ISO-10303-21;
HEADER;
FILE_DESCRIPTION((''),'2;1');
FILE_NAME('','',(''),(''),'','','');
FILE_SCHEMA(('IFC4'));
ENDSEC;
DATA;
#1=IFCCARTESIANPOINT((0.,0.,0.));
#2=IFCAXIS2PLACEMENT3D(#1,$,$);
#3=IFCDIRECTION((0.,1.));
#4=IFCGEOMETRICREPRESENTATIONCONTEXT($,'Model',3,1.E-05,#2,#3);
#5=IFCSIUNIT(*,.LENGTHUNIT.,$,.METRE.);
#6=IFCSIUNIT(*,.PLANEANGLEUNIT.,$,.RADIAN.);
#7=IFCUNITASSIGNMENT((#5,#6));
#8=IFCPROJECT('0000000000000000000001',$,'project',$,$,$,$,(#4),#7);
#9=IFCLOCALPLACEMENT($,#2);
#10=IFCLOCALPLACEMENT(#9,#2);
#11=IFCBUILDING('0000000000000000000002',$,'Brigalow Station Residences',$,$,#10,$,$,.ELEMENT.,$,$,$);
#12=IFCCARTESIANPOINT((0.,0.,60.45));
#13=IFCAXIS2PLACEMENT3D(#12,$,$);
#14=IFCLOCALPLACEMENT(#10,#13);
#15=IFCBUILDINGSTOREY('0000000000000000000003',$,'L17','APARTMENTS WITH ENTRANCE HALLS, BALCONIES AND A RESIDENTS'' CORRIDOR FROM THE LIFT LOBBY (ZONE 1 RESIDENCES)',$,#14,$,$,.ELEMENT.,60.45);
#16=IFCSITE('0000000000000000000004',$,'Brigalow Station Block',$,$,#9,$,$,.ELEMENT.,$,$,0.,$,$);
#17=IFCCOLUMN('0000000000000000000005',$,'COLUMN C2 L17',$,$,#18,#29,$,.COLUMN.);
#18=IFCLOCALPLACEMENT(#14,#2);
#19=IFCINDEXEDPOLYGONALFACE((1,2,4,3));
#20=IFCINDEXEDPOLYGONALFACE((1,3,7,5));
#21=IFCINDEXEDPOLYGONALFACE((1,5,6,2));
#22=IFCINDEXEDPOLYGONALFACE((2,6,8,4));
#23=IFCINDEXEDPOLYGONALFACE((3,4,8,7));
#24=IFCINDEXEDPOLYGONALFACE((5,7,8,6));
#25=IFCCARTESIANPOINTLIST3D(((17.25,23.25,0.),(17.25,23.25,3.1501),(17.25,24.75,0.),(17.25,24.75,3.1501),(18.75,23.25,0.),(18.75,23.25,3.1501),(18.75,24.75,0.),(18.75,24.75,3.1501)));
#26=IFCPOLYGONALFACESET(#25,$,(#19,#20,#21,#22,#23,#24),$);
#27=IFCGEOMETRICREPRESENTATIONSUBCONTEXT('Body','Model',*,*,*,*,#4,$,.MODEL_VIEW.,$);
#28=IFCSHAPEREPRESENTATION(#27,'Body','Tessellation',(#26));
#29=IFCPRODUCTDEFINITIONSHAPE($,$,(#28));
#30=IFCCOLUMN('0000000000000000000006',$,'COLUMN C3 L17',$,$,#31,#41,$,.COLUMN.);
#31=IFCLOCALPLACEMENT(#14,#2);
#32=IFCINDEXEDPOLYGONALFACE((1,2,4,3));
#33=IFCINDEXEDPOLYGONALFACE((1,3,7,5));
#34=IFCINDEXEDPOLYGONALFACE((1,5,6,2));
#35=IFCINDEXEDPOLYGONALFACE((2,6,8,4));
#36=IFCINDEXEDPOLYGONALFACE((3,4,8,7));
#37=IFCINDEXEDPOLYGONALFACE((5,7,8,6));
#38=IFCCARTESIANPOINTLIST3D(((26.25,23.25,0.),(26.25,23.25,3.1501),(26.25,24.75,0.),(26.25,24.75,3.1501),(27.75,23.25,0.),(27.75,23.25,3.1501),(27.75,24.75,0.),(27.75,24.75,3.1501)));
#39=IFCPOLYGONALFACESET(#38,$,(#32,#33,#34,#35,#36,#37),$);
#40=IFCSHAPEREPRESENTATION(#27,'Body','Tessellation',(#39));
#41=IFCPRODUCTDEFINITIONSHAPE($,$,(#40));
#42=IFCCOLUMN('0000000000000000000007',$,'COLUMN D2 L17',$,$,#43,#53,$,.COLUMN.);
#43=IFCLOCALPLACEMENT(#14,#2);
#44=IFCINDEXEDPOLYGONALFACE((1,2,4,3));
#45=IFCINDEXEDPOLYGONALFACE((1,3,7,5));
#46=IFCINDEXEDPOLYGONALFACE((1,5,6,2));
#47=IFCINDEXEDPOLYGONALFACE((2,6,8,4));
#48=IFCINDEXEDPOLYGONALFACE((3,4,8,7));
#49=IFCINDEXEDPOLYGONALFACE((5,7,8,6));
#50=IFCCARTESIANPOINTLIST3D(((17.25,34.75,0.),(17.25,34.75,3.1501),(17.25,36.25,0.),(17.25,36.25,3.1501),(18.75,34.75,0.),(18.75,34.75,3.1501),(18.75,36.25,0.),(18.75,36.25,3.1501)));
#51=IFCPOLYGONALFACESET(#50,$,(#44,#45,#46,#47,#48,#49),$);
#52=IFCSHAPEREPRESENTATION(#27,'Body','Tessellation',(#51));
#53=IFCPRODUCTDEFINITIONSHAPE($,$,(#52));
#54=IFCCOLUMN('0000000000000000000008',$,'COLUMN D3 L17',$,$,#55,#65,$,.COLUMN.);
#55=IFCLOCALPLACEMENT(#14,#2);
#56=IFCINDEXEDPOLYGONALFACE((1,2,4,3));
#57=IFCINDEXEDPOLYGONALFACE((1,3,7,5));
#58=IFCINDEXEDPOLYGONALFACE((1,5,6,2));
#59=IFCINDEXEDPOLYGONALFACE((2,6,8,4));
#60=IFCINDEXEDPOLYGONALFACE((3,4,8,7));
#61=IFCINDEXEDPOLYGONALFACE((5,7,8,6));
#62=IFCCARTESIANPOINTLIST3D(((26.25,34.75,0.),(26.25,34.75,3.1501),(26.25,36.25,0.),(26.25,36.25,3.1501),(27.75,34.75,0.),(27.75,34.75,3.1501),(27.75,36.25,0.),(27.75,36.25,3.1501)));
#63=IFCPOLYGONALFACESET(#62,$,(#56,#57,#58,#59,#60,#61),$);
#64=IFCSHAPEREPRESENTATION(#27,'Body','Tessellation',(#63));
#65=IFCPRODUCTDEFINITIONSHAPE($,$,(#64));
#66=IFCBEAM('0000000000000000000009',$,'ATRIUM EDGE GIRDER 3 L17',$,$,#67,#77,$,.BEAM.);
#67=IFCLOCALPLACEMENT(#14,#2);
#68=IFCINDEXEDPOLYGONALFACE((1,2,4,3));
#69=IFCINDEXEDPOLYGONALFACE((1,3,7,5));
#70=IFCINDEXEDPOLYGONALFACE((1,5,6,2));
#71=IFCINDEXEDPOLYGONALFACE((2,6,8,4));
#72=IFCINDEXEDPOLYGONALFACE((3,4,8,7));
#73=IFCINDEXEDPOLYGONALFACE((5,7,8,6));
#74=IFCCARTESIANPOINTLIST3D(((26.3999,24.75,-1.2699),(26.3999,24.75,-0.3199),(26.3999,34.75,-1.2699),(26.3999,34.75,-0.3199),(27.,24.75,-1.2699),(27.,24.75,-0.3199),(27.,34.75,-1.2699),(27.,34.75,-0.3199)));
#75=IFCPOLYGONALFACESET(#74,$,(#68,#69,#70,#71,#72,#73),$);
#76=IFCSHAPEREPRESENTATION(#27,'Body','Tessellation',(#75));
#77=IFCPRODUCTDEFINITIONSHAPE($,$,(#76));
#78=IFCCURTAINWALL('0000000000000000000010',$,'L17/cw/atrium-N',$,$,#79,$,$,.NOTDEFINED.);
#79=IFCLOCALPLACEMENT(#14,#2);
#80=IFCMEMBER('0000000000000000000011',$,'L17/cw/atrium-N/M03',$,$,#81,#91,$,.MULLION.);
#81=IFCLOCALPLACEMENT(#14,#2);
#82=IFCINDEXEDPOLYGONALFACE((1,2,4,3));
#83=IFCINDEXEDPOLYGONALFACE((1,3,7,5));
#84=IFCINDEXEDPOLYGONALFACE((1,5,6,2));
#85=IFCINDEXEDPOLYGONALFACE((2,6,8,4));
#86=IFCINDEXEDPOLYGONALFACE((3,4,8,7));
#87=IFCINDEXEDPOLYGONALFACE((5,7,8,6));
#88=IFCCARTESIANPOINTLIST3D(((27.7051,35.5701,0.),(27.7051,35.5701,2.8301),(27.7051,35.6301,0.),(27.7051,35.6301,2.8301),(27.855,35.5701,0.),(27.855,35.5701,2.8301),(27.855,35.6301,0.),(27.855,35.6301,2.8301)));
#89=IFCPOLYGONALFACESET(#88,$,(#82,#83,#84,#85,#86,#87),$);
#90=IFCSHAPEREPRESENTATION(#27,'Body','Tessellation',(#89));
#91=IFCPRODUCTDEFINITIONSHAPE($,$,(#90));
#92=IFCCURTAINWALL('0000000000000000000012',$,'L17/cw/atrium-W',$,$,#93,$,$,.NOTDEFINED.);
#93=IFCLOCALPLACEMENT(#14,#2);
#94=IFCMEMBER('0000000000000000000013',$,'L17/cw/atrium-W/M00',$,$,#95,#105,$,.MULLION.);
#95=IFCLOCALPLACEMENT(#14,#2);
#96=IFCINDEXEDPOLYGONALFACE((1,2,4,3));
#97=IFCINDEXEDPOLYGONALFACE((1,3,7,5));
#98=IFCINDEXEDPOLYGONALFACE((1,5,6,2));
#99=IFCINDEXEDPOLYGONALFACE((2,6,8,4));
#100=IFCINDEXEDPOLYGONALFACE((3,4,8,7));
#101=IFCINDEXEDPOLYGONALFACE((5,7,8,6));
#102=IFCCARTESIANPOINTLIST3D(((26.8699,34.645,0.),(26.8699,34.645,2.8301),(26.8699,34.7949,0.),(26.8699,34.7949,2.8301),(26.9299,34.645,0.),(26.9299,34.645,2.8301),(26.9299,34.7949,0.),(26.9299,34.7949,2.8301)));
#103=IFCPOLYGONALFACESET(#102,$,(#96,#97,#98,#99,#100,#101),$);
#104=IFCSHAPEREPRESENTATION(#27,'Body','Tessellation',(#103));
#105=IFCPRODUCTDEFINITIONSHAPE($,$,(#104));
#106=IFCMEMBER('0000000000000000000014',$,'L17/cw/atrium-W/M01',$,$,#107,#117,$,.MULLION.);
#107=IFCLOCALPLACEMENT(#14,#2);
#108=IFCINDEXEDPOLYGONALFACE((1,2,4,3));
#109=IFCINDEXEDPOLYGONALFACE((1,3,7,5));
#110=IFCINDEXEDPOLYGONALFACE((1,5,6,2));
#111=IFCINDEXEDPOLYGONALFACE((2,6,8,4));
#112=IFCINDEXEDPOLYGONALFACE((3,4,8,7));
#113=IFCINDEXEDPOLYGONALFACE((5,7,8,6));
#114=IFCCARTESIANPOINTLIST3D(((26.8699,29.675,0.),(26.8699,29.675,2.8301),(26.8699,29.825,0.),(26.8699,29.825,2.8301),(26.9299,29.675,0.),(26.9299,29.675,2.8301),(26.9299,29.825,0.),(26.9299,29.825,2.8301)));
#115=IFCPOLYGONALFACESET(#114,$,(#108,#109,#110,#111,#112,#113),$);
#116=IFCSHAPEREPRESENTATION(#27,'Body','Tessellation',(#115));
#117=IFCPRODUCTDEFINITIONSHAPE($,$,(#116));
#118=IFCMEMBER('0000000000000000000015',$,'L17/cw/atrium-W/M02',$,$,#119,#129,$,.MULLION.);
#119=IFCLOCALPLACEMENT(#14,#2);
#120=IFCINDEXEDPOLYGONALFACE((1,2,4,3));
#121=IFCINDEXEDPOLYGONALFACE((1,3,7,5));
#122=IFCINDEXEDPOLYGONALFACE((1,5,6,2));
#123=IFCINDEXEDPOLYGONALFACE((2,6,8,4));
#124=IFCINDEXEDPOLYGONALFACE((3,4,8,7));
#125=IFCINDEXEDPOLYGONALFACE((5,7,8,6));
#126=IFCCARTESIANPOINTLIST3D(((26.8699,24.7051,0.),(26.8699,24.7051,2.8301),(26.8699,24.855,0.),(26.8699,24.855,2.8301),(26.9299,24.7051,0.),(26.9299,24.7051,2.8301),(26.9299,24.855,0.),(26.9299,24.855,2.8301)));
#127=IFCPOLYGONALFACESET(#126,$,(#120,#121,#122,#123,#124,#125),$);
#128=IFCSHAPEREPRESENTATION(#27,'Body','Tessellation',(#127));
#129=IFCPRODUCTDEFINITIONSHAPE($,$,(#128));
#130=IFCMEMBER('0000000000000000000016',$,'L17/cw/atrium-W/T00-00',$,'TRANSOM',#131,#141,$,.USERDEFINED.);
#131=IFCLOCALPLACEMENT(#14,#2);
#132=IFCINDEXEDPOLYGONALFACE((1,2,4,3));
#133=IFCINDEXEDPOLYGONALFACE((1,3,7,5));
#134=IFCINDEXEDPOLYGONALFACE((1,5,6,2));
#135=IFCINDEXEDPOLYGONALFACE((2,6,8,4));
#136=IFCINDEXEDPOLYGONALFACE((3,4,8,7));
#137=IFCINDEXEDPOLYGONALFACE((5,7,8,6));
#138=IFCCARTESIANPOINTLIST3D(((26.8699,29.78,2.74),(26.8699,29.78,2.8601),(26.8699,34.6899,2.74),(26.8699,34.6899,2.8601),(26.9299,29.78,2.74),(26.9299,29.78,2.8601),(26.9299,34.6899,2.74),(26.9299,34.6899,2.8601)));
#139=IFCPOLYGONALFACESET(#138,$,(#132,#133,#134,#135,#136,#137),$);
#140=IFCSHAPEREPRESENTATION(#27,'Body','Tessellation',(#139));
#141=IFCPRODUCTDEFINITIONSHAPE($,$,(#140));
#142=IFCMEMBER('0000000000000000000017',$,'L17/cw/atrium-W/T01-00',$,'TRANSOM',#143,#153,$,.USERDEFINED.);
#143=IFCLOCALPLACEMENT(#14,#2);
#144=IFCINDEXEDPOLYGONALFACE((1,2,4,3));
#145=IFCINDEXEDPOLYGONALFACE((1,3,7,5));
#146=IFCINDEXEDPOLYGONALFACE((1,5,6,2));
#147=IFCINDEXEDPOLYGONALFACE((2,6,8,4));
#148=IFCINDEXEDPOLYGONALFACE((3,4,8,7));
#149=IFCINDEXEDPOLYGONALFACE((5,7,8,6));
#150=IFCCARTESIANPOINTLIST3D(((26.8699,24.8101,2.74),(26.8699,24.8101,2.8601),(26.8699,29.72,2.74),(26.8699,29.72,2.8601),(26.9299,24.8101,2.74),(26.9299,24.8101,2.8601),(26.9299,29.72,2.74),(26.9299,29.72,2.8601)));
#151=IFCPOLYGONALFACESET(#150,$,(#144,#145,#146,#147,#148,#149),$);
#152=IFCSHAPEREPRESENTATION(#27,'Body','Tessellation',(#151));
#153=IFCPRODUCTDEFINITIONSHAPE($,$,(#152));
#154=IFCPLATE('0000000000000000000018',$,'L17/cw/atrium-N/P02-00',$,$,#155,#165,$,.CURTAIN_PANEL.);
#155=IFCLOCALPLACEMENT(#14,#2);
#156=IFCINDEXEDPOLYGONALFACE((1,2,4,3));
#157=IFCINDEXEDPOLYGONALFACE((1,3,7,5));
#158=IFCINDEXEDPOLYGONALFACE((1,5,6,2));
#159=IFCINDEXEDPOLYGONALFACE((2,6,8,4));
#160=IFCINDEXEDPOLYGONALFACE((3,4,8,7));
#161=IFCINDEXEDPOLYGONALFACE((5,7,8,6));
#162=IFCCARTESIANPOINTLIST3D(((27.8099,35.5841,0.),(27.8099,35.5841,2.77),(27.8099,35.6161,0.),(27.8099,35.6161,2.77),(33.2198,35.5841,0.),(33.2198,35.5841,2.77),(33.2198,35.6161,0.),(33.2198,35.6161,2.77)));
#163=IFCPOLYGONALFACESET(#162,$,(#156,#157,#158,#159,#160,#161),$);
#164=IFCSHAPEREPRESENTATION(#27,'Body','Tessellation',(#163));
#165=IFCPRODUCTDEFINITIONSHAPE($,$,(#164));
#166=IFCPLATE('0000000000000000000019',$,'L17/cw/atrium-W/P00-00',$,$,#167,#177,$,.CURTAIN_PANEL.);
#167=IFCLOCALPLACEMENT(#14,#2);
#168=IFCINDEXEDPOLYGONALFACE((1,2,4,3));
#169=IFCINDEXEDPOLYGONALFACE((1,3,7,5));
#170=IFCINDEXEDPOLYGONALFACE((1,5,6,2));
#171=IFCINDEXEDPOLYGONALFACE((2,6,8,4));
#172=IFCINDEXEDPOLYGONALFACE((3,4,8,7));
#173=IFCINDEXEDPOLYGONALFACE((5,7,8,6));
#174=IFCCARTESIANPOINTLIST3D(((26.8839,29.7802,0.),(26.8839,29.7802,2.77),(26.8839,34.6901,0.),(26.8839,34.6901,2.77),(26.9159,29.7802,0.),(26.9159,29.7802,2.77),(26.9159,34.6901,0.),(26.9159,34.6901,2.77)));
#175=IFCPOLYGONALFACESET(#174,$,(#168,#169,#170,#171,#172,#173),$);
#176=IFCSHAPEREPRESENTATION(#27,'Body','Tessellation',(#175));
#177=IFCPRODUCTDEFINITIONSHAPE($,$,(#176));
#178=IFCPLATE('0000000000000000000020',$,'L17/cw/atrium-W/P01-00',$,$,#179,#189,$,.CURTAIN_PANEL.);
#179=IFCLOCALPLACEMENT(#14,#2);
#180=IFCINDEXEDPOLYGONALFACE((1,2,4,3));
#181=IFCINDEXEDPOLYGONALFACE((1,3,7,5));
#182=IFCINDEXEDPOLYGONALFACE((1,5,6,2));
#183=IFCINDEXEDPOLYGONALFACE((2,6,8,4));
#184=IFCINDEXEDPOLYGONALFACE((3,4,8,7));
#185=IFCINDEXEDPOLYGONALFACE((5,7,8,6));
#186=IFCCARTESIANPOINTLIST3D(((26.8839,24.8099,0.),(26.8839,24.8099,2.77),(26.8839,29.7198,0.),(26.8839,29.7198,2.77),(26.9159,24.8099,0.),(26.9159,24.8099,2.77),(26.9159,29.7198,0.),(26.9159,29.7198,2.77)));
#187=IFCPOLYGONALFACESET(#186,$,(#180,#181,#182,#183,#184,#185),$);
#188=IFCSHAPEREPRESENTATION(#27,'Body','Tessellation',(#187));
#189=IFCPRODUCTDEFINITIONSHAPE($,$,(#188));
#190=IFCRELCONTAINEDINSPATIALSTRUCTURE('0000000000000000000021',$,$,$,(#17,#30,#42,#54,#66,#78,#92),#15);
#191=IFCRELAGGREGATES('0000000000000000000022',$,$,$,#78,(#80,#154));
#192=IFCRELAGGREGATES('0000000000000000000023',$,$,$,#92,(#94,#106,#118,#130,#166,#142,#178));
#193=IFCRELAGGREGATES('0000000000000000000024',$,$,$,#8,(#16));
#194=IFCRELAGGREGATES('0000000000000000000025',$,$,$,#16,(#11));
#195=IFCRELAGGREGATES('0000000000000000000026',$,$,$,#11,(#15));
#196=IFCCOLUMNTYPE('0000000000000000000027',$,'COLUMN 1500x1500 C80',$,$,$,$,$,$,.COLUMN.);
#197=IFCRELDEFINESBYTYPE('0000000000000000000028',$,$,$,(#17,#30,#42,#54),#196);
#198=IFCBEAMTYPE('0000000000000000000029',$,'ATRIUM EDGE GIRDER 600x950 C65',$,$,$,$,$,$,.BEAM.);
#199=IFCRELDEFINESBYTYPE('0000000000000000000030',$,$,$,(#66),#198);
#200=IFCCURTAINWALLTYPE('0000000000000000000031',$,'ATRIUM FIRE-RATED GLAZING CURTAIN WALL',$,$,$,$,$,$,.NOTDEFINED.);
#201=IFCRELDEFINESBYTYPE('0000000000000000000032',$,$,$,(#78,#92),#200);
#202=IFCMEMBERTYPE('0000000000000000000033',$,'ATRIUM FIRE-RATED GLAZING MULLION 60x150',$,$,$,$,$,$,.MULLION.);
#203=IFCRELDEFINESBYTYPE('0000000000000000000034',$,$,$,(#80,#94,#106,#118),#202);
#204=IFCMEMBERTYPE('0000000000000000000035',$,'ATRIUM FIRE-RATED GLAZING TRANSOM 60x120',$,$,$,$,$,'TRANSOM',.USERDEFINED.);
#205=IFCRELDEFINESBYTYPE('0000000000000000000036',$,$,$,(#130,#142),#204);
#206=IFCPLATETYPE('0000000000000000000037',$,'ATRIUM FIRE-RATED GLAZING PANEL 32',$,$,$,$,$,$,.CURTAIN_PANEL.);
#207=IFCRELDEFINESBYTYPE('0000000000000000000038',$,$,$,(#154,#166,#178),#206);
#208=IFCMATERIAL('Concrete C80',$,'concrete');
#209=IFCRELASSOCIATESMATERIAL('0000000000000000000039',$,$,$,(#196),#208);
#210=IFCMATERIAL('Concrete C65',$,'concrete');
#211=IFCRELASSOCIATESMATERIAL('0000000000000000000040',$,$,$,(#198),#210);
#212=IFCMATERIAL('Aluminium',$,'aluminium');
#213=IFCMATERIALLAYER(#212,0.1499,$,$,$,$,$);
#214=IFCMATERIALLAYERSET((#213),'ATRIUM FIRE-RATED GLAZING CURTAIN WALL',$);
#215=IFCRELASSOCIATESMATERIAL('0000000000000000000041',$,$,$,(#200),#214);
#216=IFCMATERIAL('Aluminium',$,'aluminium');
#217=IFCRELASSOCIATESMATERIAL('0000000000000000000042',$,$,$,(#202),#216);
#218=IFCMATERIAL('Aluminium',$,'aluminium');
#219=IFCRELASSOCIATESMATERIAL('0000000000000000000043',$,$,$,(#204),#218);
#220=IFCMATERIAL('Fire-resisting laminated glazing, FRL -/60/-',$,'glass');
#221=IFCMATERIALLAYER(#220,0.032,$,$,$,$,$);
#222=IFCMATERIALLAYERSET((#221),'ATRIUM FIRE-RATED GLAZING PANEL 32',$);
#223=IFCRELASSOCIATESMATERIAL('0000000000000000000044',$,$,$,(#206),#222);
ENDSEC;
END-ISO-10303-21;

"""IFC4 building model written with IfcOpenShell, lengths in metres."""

from ifc_helpers import new_model, si_unit, direction, frame, origin, origin_2d, place, context, subcontext, project, spatial, rectangle, extrude, material, layer, layer_set, material_profile, profile_set, type_object, element, aggregate, save


model = new_model("IFC4")

# Units and contexts
model_context = context("Model", 3, precision=1e-05, world=origin(), true_north=direction((0.0, 1.0)))
body_context = subcontext(model_context, "Body", "Model", "MODEL_VIEW")
ifc_project = project(units=[si_unit("LENGTHUNIT", "METRE"), si_unit("PLANEANGLEUNIT", "RADIAN")], contexts=[model_context])

# Site, building, storey
site_placement = place(None, origin())
site = spatial("IfcSite", under=ifc_project, at=site_placement, Name="Brigalow Station Block", CompositionType="ELEMENT", RefElevation=0.0)
building_placement = place(site_placement, origin())
building = spatial("IfcBuilding", under=site, at=building_placement, Name="Brigalow Station Residences", CompositionType="ELEMENT")
storey_placement = place(building_placement, frame((0.0, 0.0, 60.45)))
storey = spatial("IfcBuildingStorey", under=building, at=storey_placement, Name="L17", Description="APARTMENTS WITH ENTRANCE HALLS, BALCONIES AND A RESIDENTS' CORRIDOR FROM THE LIFT LOBBY (ZONE 1 RESIDENCES)", CompositionType="ELEMENT", Elevation=60.45)

# Columns
ifc_material_1 = material(Name="Concrete C80", Category="concrete")
ifc_material_profile_1 = material_profile(ifc_material_1, rectangle(XDim=1.5, YDim=1.5, at=origin_2d()), Name="RC1500x1500")
ifc_profile_set_1 = profile_set([ifc_material_profile_1], Name="Concrete C80")
column_type = type_object("IfcColumnType", Name="COLUMN 1500x1500 C80", PredefinedType="COLUMN", material=ifc_profile_set_1)
for number, where, z_axis, x_axis, name in (
    (1, (18.0, 24.0, 0.0), (0.0, 0.0, 1.0), (1.0, 0.0, 0.0), "COLUMN C2 L17"),
    (2, (27.0, 24.0, 0.0), (0.0, 0.0, 1.0), (1.0, 0.0, 0.0), "COLUMN C3 L17"),
    (3, (18.0, 35.5, 0.0), (0.0, 0.0, 1.0), (1.0, 0.0, 0.0), "COLUMN D2 L17"),
    (4, (27.0, 35.5, 0.0), (0.0, 0.0, 1.0), (1.0, 0.0, 0.0), "COLUMN D3 L17"),
):
    element("IfcColumn", number, at=place(storey_placement, frame(where, z_axis=z_axis, x_axis=x_axis)), inside=storey, type_object=column_type, Name=name, PredefinedType="COLUMN", context=body_context, shape_type="SweptSolid", body=[
        extrude(rectangle(XDim=1.5, YDim=1.5, at=origin_2d()), origin(), (0.0, 0.0, 1.0), 3.1501),
    ])

# Beam
ifc_material_2 = material(Name="Concrete C65", Category="concrete")
ifc_material_profile_2 = material_profile(ifc_material_2, rectangle(XDim=0.6001, YDim=0.95, at=origin_2d()), Name="RC600x950")
ifc_profile_set_2 = profile_set([ifc_material_profile_2], Name="Concrete C65")
beam_type = type_object("IfcBeamType", Name="ATRIUM EDGE GIRDER 600x950 C65", PredefinedType="BEAM", material=ifc_profile_set_2)
beam_placement = place(storey_placement, frame((26.7, 24.75, -0.7949), z_axis=(0.0, 1.0, 0.0), x_axis=(-1.0, 0.0, 0.0)))
element("IfcBeam", 5, at=beam_placement, inside=storey, type_object=beam_type, Name="ATRIUM EDGE GIRDER 3 L17", PredefinedType="BEAM", context=body_context, shape_type="SweptSolid", body=[
    extrude(rectangle(XDim=0.6001, YDim=0.95, at=origin_2d()), origin(), (0.0, 0.0, 1.0), 10.0),
])

# Curtain wall, member
ifc_material_3 = material(Name="Aluminium", Category="aluminium")
ifc_layer_1 = layer(ifc_material_3, 0.1499)
ifc_layer_set_1 = layer_set([ifc_layer_1], Name="ATRIUM FIRE-RATED GLAZING CURTAIN WALL")
curtain_wall_type = type_object("IfcCurtainWallType", Name="ATRIUM FIRE-RATED GLAZING CURTAIN WALL", PredefinedType="NOTDEFINED", material=ifc_layer_set_1)
curtain_wall_1_placement = place(storey_placement, origin())
curtain_wall_1 = element("IfcCurtainWall", 6, at=curtain_wall_1_placement, inside=storey, type_object=curtain_wall_type, Name="L17/cw/atrium-N", PredefinedType="NOTDEFINED")
ifc_material_4 = material(Name="Aluminium", Category="aluminium")
ifc_material_profile_3 = material_profile(ifc_material_4, rectangle(XDim=0.0601, YDim=0.1499, at=origin_2d()), Name="ATRIUM FIRE-RATED GLAZING MULLION 60x150")
ifc_profile_set_3 = profile_set([ifc_material_profile_3], Name="Aluminium")
member_type_1 = type_object("IfcMemberType", Name="ATRIUM FIRE-RATED GLAZING MULLION 60x150", PredefinedType="MULLION", material=ifc_profile_set_3)
member_1_placement = place(storey_placement, frame((27.78, 35.6001, 0.0), z_axis=(0.0, 0.0, 1.0), x_axis=(0.0, -1.0, 0.0)))
member_1 = element("IfcMember", 7, at=member_1_placement, type_object=member_type_1, Name="L17/cw/atrium-N/M03", PredefinedType="MULLION", context=body_context, shape_type="SweptSolid", body=[
    extrude(rectangle(XDim=0.0601, YDim=0.1499, at=origin_2d()), origin(), (0.0, 0.0, 1.0), 2.8301),
])

# Curtain wall, members
curtain_wall_2_placement = place(storey_placement, origin())
curtain_wall_2 = element("IfcCurtainWall", 8, at=curtain_wall_2_placement, inside=storey, type_object=curtain_wall_type, Name="L17/cw/atrium-W", PredefinedType="NOTDEFINED")
member_2_placement = place(storey_placement, frame((26.8999, 34.72, 0.0), z_axis=(0.0, 0.0, 1.0), x_axis=(1.0, 0.0, 0.0)))
member_2 = element("IfcMember", 9, at=member_2_placement, type_object=member_type_1, Name="L17/cw/atrium-W/M00", PredefinedType="MULLION", context=body_context, shape_type="SweptSolid", body=[
    extrude(rectangle(XDim=0.0601, YDim=0.1499, at=origin_2d()), origin(), (0.0, 0.0, 1.0), 2.8301),
])
member_3_placement = place(storey_placement, frame((26.8999, 29.75, 0.0), z_axis=(0.0, 0.0, 1.0), x_axis=(1.0, 0.0, 0.0)))
member_3 = element("IfcMember", 10, at=member_3_placement, type_object=member_type_1, Name="L17/cw/atrium-W/M01", PredefinedType="MULLION", context=body_context, shape_type="SweptSolid", body=[
    extrude(rectangle(XDim=0.0601, YDim=0.1499, at=origin_2d()), origin(), (0.0, 0.0, 1.0), 2.8301),
])
member_4_placement = place(storey_placement, frame((26.8999, 24.78, 0.0), z_axis=(0.0, 0.0, 1.0), x_axis=(1.0, 0.0, 0.0)))
member_4 = element("IfcMember", 11, at=member_4_placement, type_object=member_type_1, Name="L17/cw/atrium-W/M02", PredefinedType="MULLION", context=body_context, shape_type="SweptSolid", body=[
    extrude(rectangle(XDim=0.0601, YDim=0.1499, at=origin_2d()), origin(), (0.0, 0.0, 1.0), 2.8301),
])
ifc_material_5 = material(Name="Aluminium", Category="aluminium")
ifc_material_profile_4 = material_profile(ifc_material_5, rectangle(XDim=0.0601, YDim=0.1201, at=origin_2d()), Name="ATRIUM FIRE-RATED GLAZING TRANSOM 60x120")
ifc_profile_set_4 = profile_set([ifc_material_profile_4], Name="Aluminium")
member_type_2 = type_object("IfcMemberType", Name="ATRIUM FIRE-RATED GLAZING TRANSOM 60x120", ElementType="TRANSOM", PredefinedType="USERDEFINED", material=ifc_profile_set_4)
member_5_placement = place(storey_placement, frame((26.8999, 34.6899, 2.8), z_axis=(0.0, -1.0, 0.0), x_axis=(1.0, 0.0, 0.0)))
member_5 = element("IfcMember", 12, at=member_5_placement, type_object=member_type_2, Name="L17/cw/atrium-W/T00-00", ObjectType="TRANSOM", PredefinedType="USERDEFINED", context=body_context, shape_type="SweptSolid", body=[
    extrude(rectangle(XDim=0.0601, YDim=0.1201, at=origin_2d()), origin(), (0.0, 0.0, 1.0), 4.9099),
])
member_6_placement = place(storey_placement, frame((26.8999, 29.72, 2.8), z_axis=(0.0, -1.0, 0.0), x_axis=(1.0, 0.0, 0.0)))
member_6 = element("IfcMember", 13, at=member_6_placement, type_object=member_type_2, Name="L17/cw/atrium-W/T01-00", ObjectType="TRANSOM", PredefinedType="USERDEFINED", context=body_context, shape_type="SweptSolid", body=[
    extrude(rectangle(XDim=0.0601, YDim=0.1201, at=origin_2d()), origin(), (0.0, 0.0, 1.0), 4.9099),
])

# Plates
ifc_material_6 = material(Name="Fire-resisting laminated glazing, FRL -/60/-", Category="glass")
ifc_layer_2 = layer(ifc_material_6, 0.032)
ifc_layer_set_2 = layer_set([ifc_layer_2], Name="ATRIUM FIRE-RATED GLAZING PANEL 32")
plate_type = type_object("IfcPlateType", Name="ATRIUM FIRE-RATED GLAZING PANEL 32", PredefinedType="CURTAIN_PANEL", material=ifc_layer_set_2)
plate_1_placement = place(storey_placement, frame((30.5149, 35.6001, 0.0), z_axis=(0.0, 0.0, 1.0), x_axis=(-1.0, 0.0, 0.0)))
plate_1 = element("IfcPlate", 14, at=plate_1_placement, type_object=plate_type, Name="L17/cw/atrium-N/P02-00", PredefinedType="CURTAIN_PANEL", context=body_context, shape_type="SweptSolid", body=[
    extrude(rectangle(XDim=5.4099, YDim=0.032, at=origin_2d()), origin(), (0.0, 0.0, 1.0), 2.77),
])
aggregate(curtain_wall_1, [member_1, plate_1])
plate_2_placement = place(storey_placement, frame((26.8999, 32.2351, 0.0), z_axis=(0.0, 0.0, 1.0), x_axis=(0.0, -1.0, 0.0)))
plate_2 = element("IfcPlate", 15, at=plate_2_placement, type_object=plate_type, Name="L17/cw/atrium-W/P00-00", PredefinedType="CURTAIN_PANEL", context=body_context, shape_type="SweptSolid", body=[
    extrude(rectangle(XDim=4.9099, YDim=0.032, at=origin_2d()), origin(), (0.0, 0.0, 1.0), 2.77),
])
plate_3_placement = place(storey_placement, frame((26.8999, 27.2649, 0.0), z_axis=(0.0, 0.0, 1.0), x_axis=(0.0, -1.0, 0.0)))
plate_3 = element("IfcPlate", 16, at=plate_3_placement, type_object=plate_type, Name="L17/cw/atrium-W/P01-00", PredefinedType="CURTAIN_PANEL", context=body_context, shape_type="SweptSolid", body=[
    extrude(rectangle(XDim=4.9099, YDim=0.032, at=origin_2d()), origin(), (0.0, 0.0, 1.0), 2.77),
])
aggregate(curtain_wall_2, [member_2, member_3, member_4, member_5, plate_2, member_6, plate_3])

save(model, "model.ifc")
